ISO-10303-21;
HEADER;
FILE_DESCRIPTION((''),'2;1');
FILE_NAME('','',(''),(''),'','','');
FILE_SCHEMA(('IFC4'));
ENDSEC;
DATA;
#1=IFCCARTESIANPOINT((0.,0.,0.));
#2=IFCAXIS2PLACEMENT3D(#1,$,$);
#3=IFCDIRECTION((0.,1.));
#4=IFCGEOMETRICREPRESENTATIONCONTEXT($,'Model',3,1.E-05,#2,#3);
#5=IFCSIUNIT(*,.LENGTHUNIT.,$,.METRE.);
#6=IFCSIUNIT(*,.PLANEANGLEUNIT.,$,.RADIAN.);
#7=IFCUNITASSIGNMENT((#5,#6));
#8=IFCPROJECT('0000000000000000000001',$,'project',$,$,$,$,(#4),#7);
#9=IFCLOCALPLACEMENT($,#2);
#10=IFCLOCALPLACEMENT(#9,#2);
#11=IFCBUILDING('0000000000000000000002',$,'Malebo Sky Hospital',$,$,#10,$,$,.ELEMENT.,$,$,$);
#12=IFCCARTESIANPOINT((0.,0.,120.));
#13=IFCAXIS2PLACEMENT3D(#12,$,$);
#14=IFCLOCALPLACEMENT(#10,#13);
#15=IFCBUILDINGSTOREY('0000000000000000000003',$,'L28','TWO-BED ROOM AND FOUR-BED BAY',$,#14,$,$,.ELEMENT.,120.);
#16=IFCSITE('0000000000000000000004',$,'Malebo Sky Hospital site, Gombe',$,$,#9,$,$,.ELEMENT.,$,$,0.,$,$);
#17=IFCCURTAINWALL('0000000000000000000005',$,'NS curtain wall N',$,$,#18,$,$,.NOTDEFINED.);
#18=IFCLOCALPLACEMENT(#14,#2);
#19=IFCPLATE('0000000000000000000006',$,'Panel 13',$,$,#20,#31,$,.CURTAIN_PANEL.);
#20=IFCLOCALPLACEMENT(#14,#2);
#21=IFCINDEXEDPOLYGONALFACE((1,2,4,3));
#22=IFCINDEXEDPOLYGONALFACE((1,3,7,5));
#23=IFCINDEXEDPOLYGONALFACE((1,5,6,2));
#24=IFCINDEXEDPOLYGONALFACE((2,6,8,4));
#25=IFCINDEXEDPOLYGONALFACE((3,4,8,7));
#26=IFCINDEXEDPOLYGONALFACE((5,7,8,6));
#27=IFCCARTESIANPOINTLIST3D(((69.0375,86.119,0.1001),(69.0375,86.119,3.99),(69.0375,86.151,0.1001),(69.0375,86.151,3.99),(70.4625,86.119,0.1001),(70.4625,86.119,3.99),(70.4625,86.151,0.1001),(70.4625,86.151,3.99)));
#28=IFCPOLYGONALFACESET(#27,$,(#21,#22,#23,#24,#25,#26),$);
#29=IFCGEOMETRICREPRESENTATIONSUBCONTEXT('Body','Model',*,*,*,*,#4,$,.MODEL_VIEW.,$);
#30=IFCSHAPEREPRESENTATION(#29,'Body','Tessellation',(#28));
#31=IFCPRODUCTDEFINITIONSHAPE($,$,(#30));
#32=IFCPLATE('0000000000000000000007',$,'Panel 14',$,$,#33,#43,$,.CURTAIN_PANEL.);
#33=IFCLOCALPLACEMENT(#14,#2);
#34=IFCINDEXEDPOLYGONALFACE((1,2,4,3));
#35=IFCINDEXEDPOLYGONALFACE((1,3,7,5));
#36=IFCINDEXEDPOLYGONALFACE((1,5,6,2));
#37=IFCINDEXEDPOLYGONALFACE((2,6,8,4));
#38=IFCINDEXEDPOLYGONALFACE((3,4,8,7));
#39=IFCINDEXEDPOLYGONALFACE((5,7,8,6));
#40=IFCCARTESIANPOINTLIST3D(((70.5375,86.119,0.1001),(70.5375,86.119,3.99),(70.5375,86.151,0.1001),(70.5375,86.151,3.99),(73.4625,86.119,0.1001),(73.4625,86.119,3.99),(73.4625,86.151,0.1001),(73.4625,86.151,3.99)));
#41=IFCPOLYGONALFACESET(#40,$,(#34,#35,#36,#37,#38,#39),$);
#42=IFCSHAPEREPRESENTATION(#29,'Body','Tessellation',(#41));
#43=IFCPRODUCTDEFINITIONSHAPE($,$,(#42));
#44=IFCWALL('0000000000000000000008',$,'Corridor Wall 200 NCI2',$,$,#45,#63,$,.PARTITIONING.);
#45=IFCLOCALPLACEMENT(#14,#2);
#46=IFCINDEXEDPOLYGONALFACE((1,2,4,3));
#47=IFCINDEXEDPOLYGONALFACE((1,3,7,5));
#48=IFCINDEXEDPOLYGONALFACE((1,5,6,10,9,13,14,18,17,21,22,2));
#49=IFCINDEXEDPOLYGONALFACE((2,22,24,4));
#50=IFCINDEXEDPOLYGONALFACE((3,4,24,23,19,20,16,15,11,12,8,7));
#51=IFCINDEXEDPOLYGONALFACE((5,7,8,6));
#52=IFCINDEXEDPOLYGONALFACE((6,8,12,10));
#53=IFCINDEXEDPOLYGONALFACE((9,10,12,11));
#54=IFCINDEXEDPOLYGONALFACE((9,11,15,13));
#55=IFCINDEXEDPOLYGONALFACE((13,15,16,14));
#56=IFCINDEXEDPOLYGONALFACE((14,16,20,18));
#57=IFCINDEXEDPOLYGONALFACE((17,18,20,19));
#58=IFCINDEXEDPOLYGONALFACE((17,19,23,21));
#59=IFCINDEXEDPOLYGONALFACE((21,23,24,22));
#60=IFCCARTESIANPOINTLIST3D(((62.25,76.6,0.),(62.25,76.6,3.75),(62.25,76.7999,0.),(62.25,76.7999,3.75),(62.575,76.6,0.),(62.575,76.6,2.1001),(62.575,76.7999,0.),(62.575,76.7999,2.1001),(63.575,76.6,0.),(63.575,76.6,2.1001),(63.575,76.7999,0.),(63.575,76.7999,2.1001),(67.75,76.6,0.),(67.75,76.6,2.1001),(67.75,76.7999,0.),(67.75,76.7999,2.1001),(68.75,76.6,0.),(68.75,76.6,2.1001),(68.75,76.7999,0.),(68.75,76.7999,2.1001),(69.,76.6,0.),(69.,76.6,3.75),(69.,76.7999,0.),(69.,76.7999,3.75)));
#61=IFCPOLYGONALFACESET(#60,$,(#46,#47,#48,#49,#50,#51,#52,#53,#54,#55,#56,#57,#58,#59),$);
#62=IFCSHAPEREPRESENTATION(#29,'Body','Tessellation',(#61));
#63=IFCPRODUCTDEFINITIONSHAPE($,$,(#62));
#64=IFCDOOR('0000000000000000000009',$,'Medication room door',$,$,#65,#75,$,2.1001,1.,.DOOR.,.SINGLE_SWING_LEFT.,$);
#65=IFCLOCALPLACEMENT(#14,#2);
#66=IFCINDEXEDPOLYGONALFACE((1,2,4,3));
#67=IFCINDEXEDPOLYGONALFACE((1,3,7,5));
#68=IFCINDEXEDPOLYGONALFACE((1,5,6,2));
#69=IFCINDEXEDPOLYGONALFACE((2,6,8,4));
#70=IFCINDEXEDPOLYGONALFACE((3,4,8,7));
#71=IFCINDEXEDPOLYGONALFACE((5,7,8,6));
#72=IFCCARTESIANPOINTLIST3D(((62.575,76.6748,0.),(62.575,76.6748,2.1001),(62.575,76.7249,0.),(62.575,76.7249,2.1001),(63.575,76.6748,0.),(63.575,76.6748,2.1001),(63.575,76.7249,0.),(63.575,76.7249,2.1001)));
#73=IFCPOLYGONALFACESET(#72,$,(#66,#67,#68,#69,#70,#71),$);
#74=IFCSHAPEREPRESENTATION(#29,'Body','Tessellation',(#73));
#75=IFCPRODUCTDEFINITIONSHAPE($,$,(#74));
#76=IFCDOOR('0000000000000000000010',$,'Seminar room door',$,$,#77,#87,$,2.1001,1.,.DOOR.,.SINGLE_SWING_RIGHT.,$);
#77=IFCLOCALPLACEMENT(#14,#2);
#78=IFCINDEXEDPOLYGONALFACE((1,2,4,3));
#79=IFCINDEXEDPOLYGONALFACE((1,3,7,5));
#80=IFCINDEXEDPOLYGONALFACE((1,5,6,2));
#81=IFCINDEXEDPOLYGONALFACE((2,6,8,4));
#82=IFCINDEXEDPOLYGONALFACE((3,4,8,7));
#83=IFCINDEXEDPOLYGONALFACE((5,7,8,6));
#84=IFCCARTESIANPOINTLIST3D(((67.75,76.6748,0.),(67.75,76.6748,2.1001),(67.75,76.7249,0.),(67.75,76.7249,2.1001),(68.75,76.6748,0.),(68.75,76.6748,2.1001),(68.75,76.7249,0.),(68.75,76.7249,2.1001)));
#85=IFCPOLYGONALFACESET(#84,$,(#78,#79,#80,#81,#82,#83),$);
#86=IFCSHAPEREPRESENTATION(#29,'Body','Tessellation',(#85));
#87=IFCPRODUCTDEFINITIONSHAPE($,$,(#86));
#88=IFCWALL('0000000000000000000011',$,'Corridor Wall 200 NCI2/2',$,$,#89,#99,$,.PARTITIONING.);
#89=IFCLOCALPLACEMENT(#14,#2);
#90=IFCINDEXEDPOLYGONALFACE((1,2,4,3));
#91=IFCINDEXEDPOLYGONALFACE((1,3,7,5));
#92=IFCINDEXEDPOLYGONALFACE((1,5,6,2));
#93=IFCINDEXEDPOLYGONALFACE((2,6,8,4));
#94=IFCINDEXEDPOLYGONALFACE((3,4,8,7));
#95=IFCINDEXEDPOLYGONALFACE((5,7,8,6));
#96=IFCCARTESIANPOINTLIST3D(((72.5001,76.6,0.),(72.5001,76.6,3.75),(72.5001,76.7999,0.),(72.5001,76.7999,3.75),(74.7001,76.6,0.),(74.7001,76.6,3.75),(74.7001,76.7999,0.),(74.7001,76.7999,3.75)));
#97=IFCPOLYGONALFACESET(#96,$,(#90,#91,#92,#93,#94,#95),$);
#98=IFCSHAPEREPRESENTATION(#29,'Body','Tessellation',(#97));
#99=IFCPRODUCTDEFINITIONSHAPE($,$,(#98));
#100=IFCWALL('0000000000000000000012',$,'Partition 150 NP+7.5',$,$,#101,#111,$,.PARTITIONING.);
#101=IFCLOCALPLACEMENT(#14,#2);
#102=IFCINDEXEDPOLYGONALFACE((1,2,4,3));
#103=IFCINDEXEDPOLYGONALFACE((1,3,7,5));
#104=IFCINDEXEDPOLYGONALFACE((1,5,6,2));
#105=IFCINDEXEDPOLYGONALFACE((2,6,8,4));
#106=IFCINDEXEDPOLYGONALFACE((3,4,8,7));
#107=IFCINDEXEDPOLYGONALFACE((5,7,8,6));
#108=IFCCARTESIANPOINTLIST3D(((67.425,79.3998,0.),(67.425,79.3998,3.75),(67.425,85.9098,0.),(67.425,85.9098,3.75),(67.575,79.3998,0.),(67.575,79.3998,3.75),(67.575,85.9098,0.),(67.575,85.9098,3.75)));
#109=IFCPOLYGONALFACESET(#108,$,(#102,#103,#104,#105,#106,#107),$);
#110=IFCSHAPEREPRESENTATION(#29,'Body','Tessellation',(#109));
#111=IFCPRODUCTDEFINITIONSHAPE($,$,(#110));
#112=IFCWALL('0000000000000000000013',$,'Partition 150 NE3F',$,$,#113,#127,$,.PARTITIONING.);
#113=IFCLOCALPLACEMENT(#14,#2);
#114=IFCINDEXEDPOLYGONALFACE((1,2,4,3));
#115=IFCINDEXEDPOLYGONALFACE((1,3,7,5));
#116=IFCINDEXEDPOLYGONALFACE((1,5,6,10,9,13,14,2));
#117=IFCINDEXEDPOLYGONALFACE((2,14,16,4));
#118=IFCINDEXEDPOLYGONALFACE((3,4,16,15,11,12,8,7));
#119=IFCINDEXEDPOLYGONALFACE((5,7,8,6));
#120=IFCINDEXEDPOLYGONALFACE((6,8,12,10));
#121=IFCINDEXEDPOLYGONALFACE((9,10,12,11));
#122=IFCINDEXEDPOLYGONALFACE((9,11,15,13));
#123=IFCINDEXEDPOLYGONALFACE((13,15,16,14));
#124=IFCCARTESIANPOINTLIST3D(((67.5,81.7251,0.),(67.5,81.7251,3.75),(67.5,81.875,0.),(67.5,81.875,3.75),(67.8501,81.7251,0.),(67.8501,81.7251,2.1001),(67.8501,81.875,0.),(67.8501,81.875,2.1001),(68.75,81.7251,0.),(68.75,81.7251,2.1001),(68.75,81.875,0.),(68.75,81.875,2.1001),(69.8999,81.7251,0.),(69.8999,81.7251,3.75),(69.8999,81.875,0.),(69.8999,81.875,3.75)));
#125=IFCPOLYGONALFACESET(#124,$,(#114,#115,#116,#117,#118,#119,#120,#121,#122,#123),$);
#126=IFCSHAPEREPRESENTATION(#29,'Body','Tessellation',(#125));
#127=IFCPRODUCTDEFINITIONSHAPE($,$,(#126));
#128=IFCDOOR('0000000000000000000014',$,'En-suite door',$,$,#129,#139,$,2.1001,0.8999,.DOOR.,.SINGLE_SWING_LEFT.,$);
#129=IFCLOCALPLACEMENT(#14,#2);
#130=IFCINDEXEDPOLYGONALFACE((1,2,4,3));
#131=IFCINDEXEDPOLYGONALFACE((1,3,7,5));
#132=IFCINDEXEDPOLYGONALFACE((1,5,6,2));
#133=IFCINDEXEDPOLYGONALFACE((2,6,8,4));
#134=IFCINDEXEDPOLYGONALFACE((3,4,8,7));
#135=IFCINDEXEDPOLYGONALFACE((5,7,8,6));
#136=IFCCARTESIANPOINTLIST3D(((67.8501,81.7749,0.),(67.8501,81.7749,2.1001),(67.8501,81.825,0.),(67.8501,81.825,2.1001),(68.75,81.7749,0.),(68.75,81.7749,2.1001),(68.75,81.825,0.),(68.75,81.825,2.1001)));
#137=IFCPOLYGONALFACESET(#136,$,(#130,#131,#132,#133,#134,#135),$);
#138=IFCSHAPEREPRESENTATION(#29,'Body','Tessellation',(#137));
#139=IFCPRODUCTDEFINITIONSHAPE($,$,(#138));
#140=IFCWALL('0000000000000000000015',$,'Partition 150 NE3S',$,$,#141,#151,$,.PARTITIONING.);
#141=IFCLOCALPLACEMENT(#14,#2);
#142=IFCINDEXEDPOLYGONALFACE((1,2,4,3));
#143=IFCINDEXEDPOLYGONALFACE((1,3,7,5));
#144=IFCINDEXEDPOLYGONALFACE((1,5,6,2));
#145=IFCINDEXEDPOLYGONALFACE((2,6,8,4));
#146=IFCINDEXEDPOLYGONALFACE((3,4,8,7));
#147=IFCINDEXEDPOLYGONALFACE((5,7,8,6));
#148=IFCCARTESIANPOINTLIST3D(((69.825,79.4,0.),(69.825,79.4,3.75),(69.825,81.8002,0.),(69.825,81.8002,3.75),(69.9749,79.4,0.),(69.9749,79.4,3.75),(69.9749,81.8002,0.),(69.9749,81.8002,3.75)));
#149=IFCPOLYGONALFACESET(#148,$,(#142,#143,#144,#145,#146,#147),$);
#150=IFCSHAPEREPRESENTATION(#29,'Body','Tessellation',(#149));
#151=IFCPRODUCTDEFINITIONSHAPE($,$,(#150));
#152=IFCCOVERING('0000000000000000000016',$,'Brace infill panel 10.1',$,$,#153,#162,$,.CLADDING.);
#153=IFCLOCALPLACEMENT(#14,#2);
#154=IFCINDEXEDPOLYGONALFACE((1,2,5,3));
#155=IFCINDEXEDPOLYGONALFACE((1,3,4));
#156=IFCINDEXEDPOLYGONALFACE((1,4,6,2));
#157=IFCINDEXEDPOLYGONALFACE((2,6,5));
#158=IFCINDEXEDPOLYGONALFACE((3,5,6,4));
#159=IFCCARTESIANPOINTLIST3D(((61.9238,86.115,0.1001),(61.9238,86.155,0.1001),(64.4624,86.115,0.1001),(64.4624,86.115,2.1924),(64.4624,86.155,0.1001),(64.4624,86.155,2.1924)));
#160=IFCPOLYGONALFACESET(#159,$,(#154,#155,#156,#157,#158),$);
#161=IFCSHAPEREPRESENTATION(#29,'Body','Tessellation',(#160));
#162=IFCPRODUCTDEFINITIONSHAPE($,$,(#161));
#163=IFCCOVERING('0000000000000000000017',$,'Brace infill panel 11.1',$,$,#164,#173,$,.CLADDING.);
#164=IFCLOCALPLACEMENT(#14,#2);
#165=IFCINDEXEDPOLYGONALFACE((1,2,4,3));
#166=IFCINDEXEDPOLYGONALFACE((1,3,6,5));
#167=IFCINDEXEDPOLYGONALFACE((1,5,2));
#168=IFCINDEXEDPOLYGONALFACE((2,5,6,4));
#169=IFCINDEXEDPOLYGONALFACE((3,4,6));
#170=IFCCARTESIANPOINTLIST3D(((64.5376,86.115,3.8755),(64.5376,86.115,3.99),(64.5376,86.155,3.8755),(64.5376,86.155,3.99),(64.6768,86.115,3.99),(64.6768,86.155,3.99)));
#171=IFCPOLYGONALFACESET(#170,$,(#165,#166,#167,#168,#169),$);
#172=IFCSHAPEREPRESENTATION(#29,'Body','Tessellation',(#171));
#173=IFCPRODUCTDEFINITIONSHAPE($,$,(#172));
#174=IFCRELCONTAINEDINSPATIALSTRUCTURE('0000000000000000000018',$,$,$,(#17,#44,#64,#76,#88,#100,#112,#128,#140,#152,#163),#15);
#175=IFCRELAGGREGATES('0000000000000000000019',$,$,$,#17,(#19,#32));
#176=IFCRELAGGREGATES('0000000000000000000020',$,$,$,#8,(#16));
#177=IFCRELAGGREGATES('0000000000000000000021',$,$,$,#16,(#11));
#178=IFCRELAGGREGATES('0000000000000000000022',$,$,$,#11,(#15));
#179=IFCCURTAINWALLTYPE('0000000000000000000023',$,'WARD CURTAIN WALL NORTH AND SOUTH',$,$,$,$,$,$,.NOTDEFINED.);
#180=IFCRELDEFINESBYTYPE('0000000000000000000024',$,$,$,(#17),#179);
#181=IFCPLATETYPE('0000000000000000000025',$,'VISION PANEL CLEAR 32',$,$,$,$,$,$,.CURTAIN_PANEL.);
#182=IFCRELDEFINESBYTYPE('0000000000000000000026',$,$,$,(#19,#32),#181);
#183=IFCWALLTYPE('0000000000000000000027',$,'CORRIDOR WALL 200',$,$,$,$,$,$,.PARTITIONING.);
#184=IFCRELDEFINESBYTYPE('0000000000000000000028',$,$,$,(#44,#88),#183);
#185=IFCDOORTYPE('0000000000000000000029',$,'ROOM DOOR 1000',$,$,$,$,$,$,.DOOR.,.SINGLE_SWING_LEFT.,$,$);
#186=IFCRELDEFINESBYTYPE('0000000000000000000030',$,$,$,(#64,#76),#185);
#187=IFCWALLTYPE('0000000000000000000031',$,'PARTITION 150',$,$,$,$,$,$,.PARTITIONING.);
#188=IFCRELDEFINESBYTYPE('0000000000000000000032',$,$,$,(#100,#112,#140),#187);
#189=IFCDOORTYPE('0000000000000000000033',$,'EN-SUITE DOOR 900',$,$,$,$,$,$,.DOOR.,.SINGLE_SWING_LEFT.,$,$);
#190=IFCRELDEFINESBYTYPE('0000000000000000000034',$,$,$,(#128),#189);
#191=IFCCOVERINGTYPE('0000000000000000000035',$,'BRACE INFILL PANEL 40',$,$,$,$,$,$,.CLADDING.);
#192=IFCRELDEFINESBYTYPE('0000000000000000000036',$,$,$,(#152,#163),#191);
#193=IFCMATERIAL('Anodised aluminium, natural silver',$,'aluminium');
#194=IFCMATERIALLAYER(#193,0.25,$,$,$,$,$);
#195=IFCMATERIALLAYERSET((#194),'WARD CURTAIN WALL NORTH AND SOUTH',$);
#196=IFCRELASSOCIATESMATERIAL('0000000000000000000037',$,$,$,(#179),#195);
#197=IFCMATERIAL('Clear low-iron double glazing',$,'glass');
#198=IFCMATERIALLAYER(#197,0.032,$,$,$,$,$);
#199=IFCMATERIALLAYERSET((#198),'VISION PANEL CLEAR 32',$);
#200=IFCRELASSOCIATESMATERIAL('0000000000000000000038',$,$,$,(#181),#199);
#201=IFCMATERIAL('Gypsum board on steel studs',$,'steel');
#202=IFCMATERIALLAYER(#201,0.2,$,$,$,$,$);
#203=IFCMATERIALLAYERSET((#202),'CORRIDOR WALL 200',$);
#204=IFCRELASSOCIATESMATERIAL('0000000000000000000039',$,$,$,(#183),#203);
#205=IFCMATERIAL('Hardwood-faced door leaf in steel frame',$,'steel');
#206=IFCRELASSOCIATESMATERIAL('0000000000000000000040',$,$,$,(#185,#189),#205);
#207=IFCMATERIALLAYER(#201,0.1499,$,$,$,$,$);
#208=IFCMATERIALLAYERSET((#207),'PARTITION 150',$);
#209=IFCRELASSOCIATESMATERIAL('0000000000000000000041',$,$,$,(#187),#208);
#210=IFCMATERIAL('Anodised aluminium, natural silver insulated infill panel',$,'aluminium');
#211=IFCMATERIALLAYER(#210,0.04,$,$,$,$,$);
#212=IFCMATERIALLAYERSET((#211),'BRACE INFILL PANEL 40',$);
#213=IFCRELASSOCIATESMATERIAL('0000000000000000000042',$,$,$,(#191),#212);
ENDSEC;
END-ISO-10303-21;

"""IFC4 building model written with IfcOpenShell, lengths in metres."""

from ifc_helpers import new_model, si_unit, direction, frame, frame_2d, origin, origin_2d, place, context, subcontext, project, spatial, polyline, rectangle, outline, extrude, material, layer, layer_set, type_object, element, fill, aggregate, save


model = new_model("IFC4")

# Units and contexts
model_context = context("Model", 3, precision=1e-05, world=origin(), true_north=direction((0.0, 1.0)))
body_context = subcontext(model_context, "Body", "Model", "MODEL_VIEW")
ifc_project = project(units=[si_unit("LENGTHUNIT", "METRE"), si_unit("PLANEANGLEUNIT", "RADIAN")], contexts=[model_context])

# Site, building, storey
site_placement = place(None, origin())
site = spatial("IfcSite", under=ifc_project, at=site_placement, Name="Malebo Sky Hospital site, Gombe", CompositionType="ELEMENT", RefElevation=0.0)
building_placement = place(site_placement, origin())
building = spatial("IfcBuilding", under=site, at=building_placement, Name="Malebo Sky Hospital", CompositionType="ELEMENT")
storey_placement = place(building_placement, frame((0.0, 0.0, 120.0)))
storey = spatial("IfcBuildingStorey", under=building, at=storey_placement, Name="L28", Description="TWO-BED ROOM AND FOUR-BED BAY", CompositionType="ELEMENT", Elevation=120.0)

# Curtain wall
ifc_material_1 = material(Name="Anodised aluminium, natural silver", Category="aluminium")
ifc_layer_1 = layer(ifc_material_1, 0.25)
ifc_layer_set_1 = layer_set([ifc_layer_1], Name="WARD CURTAIN WALL NORTH AND SOUTH")
curtain_wall_type = type_object("IfcCurtainWallType", Name="WARD CURTAIN WALL NORTH AND SOUTH", PredefinedType="NOTDEFINED", material=ifc_layer_set_1)
curtain_wall_placement = place(storey_placement, origin())
curtain_wall = element("IfcCurtainWall", 1, at=curtain_wall_placement, inside=storey, type_object=curtain_wall_type, Name="NS curtain wall N", PredefinedType="NOTDEFINED")

# Plates
ifc_material_2 = material(Name="Clear low-iron double glazing", Category="glass")
ifc_layer_2 = layer(ifc_material_2, 0.032)
ifc_layer_set_2 = layer_set([ifc_layer_2], Name="VISION PANEL CLEAR 32")
plate_type = type_object("IfcPlateType", Name="VISION PANEL CLEAR 32", PredefinedType="CURTAIN_PANEL", material=ifc_layer_set_2)
plate_1_placement = place(storey_placement, frame((69.75, 86.135, 0.1001), z_axis=(0.0, 0.0, 1.0), x_axis=(1.0, 0.0, 0.0)))
plate_1 = element("IfcPlate", 2, at=plate_1_placement, type_object=plate_type, Name="Panel 13", PredefinedType="CURTAIN_PANEL", context=body_context, shape_type="SweptSolid", body=[
    extrude(rectangle(XDim=1.425, YDim=0.032, at=origin_2d()), origin(), (0.0, 0.0, 1.0), 3.8899),
])
plate_2_placement = place(storey_placement, frame((72.0, 86.135, 0.1001), z_axis=(0.0, 0.0, 1.0), x_axis=(1.0, 0.0, 0.0)))
plate_2 = element("IfcPlate", 3, at=plate_2_placement, type_object=plate_type, Name="Panel 14", PredefinedType="CURTAIN_PANEL", context=body_context, shape_type="SweptSolid", body=[
    extrude(rectangle(XDim=2.925, YDim=0.032, at=origin_2d()), origin(), (0.0, 0.0, 1.0), 3.8899),
])
aggregate(curtain_wall, [plate_1, plate_2])

# Wall, openings, doors
ifc_material_3 = material(Name="Gypsum board on steel studs", Category="steel")
ifc_layer_3 = layer(ifc_material_3, 0.2)
ifc_layer_set_3 = layer_set([ifc_layer_3], Name="CORRIDOR WALL 200")
wall_type_1 = type_object("IfcWallType", Name="CORRIDOR WALL 200", PredefinedType="PARTITIONING", material=ifc_layer_set_3)
wall_1_placement = place(storey_placement, frame((62.25, 76.7, 0.0), z_axis=(0.0, 0.0, 1.0), x_axis=(1.0, 0.0, 0.0)))
wall_1 = element("IfcWall", 4, at=wall_1_placement, inside=storey, type_object=wall_type_1, Name="Corridor Wall 200 NCI2", PredefinedType="PARTITIONING", context=body_context, shape_type="SweptSolid", body=[
    extrude(rectangle(XDim=6.75, YDim=0.2, at=frame_2d((3.375, 0.0))), origin(), (0.0, 0.0, 1.0), 3.75),
])
opening_1_placement = place(wall_1_placement, frame((0.325, 0.0, 0.0)))
opening_1 = element("IfcOpeningElement", 5, at=opening_1_placement, cuts=wall_1, PredefinedType="OPENING", context=body_context, shape_type="SweptSolid", body=[
    extrude(rectangle(XDim=1.0, YDim=2.1001, at=frame_2d((0.5, 1.05))), frame((0.0, 0.1099, 0.0), z_axis=(0.0, -1.0, 0.0), x_axis=(1.0, 0.0, 0.0)), (0.0, 0.0, 1.0), 0.22),
])
opening_2_placement = place(wall_1_placement, frame((5.5, 0.0, 0.0)))
opening_2 = element("IfcOpeningElement", 6, at=opening_2_placement, cuts=wall_1, PredefinedType="OPENING", context=body_context, shape_type="SweptSolid", body=[
    extrude(rectangle(XDim=1.0, YDim=2.1001, at=frame_2d((0.5, 1.05))), frame((0.0, 0.1099, 0.0), z_axis=(0.0, -1.0, 0.0), x_axis=(1.0, 0.0, 0.0)), (0.0, 0.0, 1.0), 0.22),
])
ifc_material_4 = material(Name="Hardwood-faced door leaf in steel frame", Category="steel")
door_type_1 = type_object("IfcDoorType", Name="ROOM DOOR 1000", OperationType="SINGLE_SWING_LEFT", PredefinedType="DOOR", material=ifc_material_4)
door_1_placement = place(opening_1_placement, origin())
door_1 = element("IfcDoor", 7, at=door_1_placement, inside=storey, type_object=door_type_1, Name="Medication room door", OperationType="SINGLE_SWING_LEFT", OverallHeight=2.1001, OverallWidth=1.0, PredefinedType="DOOR", context=body_context, shape_type="SweptSolid", body=[
    extrude(rectangle(XDim=1.0, YDim=2.1001, at=frame_2d((0.5, 1.05))), frame((0.0, 0.0249, 0.0), z_axis=(0.0, -1.0, 0.0), x_axis=(1.0, 0.0, 0.0)), (0.0, 0.0, 1.0), 0.05),
])
fill(opening_1, door_1)
door_2_placement = place(opening_2_placement, origin())
door_2 = element("IfcDoor", 8, at=door_2_placement, inside=storey, type_object=door_type_1, Name="Seminar room door", OperationType="SINGLE_SWING_RIGHT", OverallHeight=2.1001, OverallWidth=1.0, PredefinedType="DOOR", context=body_context, shape_type="SweptSolid", body=[
    extrude(rectangle(XDim=1.0, YDim=2.1001, at=frame_2d((0.5, 1.05))), frame((0.0, 0.0249, 0.0), z_axis=(0.0, -1.0, 0.0), x_axis=(1.0, 0.0, 0.0)), (0.0, 0.0, 1.0), 0.05),
])
fill(opening_2, door_2)

# Walls
wall_2_placement = place(storey_placement, frame((72.5, 76.7, 0.0), z_axis=(0.0, 0.0, 1.0), x_axis=(1.0, 0.0, 0.0)))
element("IfcWall", 9, at=wall_2_placement, inside=storey, type_object=wall_type_1, Name="Corridor Wall 200 NCI2/2", PredefinedType="PARTITIONING", context=body_context, shape_type="SweptSolid", body=[
    extrude(rectangle(XDim=2.2, YDim=0.2, at=frame_2d((1.1001, 0.0))), origin(), (0.0, 0.0, 1.0), 3.75),
])
ifc_layer_4 = layer(ifc_material_3, 0.1499)
ifc_layer_set_4 = layer_set([ifc_layer_4], Name="PARTITION 150")
wall_type_2 = type_object("IfcWallType", Name="PARTITION 150", PredefinedType="PARTITIONING", material=ifc_layer_set_4)
wall_3_placement = place(storey_placement, frame((67.5, 79.3999, 0.0), z_axis=(0.0, 0.0, 1.0), x_axis=(0.0, 1.0, 0.0)))
element("IfcWall", 10, at=wall_3_placement, inside=storey, type_object=wall_type_2, Name="Partition 150 NP+7.5", PredefinedType="PARTITIONING", context=body_context, shape_type="SweptSolid", body=[
    extrude(rectangle(XDim=6.51, YDim=0.1499, at=frame_2d((3.2549, 0.0))), origin(), (0.0, 0.0, 1.0), 3.75),
])

# Wall, opening, door
wall_4_placement = place(storey_placement, frame((67.5, 81.8, 0.0), z_axis=(0.0, 0.0, 1.0), x_axis=(1.0, 0.0, 0.0)))
wall_4 = element("IfcWall", 11, at=wall_4_placement, inside=storey, type_object=wall_type_2, Name="Partition 150 NE3F", PredefinedType="PARTITIONING", context=body_context, shape_type="SweptSolid", body=[
    extrude(rectangle(XDim=2.3999, YDim=0.1499, at=frame_2d((1.2, 0.0))), origin(), (0.0, 0.0, 1.0), 3.75),
])
opening_3_placement = place(wall_4_placement, frame((0.3501, 0.0, 0.0)))
opening_3 = element("IfcOpeningElement", 12, at=opening_3_placement, cuts=wall_4, PredefinedType="OPENING", context=body_context, shape_type="SweptSolid", body=[
    extrude(rectangle(XDim=0.8999, YDim=2.1001, at=frame_2d((0.45, 1.05))), frame((0.0, 0.085, 0.0), z_axis=(0.0, -1.0, 0.0), x_axis=(1.0, 0.0, 0.0)), (0.0, 0.0, 1.0), 0.1699),
])
door_type_2 = type_object("IfcDoorType", Name="EN-SUITE DOOR 900", OperationType="SINGLE_SWING_LEFT", PredefinedType="DOOR", material=ifc_material_4)
door_3_placement = place(opening_3_placement, origin())
door_3 = element("IfcDoor", 13, at=door_3_placement, inside=storey, type_object=door_type_2, Name="En-suite door", OperationType="SINGLE_SWING_LEFT", OverallHeight=2.1001, OverallWidth=0.8999, PredefinedType="DOOR", context=body_context, shape_type="SweptSolid", body=[
    extrude(rectangle(XDim=0.8999, YDim=2.1001, at=frame_2d((0.45, 1.05))), frame((0.0, 0.0249, 0.0), z_axis=(0.0, -1.0, 0.0), x_axis=(1.0, 0.0, 0.0)), (0.0, 0.0, 1.0), 0.05),
])
fill(opening_3, door_3)

# Wall
wall_5_placement = place(storey_placement, frame((69.8999, 79.3999, 0.0), z_axis=(0.0, 0.0, 1.0), x_axis=(0.0, 1.0, 0.0)))
element("IfcWall", 14, at=wall_5_placement, inside=storey, type_object=wall_type_2, Name="Partition 150 NE3S", PredefinedType="PARTITIONING", context=body_context, shape_type="SweptSolid", body=[
    extrude(rectangle(XDim=2.4001, YDim=0.1499, at=frame_2d((1.2002, 0.0))), origin(), (0.0, 0.0, 1.0), 3.75),
])

# Coverings
ifc_material_5 = material(Name="Anodised aluminium, natural silver insulated infill panel", Category="aluminium")
ifc_layer_5 = layer(ifc_material_5, 0.04)
ifc_layer_set_5 = layer_set([ifc_layer_5], Name="BRACE INFILL PANEL 40")
covering_type = type_object("IfcCoveringType", Name="BRACE INFILL PANEL 40", PredefinedType="CLADDING", material=ifc_layer_set_5)
covering_1_placement = place(storey_placement, frame((63.1931, 86.135, 0.1001), z_axis=(0.0, 0.0, 1.0), x_axis=(1.0, 0.0, 0.0)))
element("IfcCovering", 15, at=covering_1_placement, inside=storey, type_object=covering_type, Name="Brace infill panel 10.1", PredefinedType="CLADDING", context=body_context, shape_type="SweptSolid", body=[
    extrude(outline(polyline([(-1.2693, 0.0), (1.2693, 0.0), (1.2693, 2.0923), (-1.2693, 0.0)])), frame((0.0, 0.02, 0.0), z_axis=(0.0, -1.0, 0.0), x_axis=(1.0, 0.0, 0.0)), (0.0, 0.0, 1.0), 0.04),
])
covering_2_placement = place(storey_placement, frame((64.6072, 86.135, 3.8755), z_axis=(0.0, 0.0, 1.0), x_axis=(1.0, 0.0, 0.0)))
element("IfcCovering", 16, at=covering_2_placement, inside=storey, type_object=covering_type, Name="Brace infill panel 11.1", PredefinedType="CLADDING", context=body_context, shape_type="SweptSolid", body=[
    extrude(outline(polyline([(-0.0696, 0.0), (0.0696, 0.1145), (-0.0696, 0.1145), (-0.0696, 0.0)])), frame((0.0, 0.02, 0.0), z_axis=(0.0, -1.0, 0.0), x_axis=(1.0, 0.0, 0.0)), (0.0, 0.0, 1.0), 0.04),
])

save(model, "model.ifc")
